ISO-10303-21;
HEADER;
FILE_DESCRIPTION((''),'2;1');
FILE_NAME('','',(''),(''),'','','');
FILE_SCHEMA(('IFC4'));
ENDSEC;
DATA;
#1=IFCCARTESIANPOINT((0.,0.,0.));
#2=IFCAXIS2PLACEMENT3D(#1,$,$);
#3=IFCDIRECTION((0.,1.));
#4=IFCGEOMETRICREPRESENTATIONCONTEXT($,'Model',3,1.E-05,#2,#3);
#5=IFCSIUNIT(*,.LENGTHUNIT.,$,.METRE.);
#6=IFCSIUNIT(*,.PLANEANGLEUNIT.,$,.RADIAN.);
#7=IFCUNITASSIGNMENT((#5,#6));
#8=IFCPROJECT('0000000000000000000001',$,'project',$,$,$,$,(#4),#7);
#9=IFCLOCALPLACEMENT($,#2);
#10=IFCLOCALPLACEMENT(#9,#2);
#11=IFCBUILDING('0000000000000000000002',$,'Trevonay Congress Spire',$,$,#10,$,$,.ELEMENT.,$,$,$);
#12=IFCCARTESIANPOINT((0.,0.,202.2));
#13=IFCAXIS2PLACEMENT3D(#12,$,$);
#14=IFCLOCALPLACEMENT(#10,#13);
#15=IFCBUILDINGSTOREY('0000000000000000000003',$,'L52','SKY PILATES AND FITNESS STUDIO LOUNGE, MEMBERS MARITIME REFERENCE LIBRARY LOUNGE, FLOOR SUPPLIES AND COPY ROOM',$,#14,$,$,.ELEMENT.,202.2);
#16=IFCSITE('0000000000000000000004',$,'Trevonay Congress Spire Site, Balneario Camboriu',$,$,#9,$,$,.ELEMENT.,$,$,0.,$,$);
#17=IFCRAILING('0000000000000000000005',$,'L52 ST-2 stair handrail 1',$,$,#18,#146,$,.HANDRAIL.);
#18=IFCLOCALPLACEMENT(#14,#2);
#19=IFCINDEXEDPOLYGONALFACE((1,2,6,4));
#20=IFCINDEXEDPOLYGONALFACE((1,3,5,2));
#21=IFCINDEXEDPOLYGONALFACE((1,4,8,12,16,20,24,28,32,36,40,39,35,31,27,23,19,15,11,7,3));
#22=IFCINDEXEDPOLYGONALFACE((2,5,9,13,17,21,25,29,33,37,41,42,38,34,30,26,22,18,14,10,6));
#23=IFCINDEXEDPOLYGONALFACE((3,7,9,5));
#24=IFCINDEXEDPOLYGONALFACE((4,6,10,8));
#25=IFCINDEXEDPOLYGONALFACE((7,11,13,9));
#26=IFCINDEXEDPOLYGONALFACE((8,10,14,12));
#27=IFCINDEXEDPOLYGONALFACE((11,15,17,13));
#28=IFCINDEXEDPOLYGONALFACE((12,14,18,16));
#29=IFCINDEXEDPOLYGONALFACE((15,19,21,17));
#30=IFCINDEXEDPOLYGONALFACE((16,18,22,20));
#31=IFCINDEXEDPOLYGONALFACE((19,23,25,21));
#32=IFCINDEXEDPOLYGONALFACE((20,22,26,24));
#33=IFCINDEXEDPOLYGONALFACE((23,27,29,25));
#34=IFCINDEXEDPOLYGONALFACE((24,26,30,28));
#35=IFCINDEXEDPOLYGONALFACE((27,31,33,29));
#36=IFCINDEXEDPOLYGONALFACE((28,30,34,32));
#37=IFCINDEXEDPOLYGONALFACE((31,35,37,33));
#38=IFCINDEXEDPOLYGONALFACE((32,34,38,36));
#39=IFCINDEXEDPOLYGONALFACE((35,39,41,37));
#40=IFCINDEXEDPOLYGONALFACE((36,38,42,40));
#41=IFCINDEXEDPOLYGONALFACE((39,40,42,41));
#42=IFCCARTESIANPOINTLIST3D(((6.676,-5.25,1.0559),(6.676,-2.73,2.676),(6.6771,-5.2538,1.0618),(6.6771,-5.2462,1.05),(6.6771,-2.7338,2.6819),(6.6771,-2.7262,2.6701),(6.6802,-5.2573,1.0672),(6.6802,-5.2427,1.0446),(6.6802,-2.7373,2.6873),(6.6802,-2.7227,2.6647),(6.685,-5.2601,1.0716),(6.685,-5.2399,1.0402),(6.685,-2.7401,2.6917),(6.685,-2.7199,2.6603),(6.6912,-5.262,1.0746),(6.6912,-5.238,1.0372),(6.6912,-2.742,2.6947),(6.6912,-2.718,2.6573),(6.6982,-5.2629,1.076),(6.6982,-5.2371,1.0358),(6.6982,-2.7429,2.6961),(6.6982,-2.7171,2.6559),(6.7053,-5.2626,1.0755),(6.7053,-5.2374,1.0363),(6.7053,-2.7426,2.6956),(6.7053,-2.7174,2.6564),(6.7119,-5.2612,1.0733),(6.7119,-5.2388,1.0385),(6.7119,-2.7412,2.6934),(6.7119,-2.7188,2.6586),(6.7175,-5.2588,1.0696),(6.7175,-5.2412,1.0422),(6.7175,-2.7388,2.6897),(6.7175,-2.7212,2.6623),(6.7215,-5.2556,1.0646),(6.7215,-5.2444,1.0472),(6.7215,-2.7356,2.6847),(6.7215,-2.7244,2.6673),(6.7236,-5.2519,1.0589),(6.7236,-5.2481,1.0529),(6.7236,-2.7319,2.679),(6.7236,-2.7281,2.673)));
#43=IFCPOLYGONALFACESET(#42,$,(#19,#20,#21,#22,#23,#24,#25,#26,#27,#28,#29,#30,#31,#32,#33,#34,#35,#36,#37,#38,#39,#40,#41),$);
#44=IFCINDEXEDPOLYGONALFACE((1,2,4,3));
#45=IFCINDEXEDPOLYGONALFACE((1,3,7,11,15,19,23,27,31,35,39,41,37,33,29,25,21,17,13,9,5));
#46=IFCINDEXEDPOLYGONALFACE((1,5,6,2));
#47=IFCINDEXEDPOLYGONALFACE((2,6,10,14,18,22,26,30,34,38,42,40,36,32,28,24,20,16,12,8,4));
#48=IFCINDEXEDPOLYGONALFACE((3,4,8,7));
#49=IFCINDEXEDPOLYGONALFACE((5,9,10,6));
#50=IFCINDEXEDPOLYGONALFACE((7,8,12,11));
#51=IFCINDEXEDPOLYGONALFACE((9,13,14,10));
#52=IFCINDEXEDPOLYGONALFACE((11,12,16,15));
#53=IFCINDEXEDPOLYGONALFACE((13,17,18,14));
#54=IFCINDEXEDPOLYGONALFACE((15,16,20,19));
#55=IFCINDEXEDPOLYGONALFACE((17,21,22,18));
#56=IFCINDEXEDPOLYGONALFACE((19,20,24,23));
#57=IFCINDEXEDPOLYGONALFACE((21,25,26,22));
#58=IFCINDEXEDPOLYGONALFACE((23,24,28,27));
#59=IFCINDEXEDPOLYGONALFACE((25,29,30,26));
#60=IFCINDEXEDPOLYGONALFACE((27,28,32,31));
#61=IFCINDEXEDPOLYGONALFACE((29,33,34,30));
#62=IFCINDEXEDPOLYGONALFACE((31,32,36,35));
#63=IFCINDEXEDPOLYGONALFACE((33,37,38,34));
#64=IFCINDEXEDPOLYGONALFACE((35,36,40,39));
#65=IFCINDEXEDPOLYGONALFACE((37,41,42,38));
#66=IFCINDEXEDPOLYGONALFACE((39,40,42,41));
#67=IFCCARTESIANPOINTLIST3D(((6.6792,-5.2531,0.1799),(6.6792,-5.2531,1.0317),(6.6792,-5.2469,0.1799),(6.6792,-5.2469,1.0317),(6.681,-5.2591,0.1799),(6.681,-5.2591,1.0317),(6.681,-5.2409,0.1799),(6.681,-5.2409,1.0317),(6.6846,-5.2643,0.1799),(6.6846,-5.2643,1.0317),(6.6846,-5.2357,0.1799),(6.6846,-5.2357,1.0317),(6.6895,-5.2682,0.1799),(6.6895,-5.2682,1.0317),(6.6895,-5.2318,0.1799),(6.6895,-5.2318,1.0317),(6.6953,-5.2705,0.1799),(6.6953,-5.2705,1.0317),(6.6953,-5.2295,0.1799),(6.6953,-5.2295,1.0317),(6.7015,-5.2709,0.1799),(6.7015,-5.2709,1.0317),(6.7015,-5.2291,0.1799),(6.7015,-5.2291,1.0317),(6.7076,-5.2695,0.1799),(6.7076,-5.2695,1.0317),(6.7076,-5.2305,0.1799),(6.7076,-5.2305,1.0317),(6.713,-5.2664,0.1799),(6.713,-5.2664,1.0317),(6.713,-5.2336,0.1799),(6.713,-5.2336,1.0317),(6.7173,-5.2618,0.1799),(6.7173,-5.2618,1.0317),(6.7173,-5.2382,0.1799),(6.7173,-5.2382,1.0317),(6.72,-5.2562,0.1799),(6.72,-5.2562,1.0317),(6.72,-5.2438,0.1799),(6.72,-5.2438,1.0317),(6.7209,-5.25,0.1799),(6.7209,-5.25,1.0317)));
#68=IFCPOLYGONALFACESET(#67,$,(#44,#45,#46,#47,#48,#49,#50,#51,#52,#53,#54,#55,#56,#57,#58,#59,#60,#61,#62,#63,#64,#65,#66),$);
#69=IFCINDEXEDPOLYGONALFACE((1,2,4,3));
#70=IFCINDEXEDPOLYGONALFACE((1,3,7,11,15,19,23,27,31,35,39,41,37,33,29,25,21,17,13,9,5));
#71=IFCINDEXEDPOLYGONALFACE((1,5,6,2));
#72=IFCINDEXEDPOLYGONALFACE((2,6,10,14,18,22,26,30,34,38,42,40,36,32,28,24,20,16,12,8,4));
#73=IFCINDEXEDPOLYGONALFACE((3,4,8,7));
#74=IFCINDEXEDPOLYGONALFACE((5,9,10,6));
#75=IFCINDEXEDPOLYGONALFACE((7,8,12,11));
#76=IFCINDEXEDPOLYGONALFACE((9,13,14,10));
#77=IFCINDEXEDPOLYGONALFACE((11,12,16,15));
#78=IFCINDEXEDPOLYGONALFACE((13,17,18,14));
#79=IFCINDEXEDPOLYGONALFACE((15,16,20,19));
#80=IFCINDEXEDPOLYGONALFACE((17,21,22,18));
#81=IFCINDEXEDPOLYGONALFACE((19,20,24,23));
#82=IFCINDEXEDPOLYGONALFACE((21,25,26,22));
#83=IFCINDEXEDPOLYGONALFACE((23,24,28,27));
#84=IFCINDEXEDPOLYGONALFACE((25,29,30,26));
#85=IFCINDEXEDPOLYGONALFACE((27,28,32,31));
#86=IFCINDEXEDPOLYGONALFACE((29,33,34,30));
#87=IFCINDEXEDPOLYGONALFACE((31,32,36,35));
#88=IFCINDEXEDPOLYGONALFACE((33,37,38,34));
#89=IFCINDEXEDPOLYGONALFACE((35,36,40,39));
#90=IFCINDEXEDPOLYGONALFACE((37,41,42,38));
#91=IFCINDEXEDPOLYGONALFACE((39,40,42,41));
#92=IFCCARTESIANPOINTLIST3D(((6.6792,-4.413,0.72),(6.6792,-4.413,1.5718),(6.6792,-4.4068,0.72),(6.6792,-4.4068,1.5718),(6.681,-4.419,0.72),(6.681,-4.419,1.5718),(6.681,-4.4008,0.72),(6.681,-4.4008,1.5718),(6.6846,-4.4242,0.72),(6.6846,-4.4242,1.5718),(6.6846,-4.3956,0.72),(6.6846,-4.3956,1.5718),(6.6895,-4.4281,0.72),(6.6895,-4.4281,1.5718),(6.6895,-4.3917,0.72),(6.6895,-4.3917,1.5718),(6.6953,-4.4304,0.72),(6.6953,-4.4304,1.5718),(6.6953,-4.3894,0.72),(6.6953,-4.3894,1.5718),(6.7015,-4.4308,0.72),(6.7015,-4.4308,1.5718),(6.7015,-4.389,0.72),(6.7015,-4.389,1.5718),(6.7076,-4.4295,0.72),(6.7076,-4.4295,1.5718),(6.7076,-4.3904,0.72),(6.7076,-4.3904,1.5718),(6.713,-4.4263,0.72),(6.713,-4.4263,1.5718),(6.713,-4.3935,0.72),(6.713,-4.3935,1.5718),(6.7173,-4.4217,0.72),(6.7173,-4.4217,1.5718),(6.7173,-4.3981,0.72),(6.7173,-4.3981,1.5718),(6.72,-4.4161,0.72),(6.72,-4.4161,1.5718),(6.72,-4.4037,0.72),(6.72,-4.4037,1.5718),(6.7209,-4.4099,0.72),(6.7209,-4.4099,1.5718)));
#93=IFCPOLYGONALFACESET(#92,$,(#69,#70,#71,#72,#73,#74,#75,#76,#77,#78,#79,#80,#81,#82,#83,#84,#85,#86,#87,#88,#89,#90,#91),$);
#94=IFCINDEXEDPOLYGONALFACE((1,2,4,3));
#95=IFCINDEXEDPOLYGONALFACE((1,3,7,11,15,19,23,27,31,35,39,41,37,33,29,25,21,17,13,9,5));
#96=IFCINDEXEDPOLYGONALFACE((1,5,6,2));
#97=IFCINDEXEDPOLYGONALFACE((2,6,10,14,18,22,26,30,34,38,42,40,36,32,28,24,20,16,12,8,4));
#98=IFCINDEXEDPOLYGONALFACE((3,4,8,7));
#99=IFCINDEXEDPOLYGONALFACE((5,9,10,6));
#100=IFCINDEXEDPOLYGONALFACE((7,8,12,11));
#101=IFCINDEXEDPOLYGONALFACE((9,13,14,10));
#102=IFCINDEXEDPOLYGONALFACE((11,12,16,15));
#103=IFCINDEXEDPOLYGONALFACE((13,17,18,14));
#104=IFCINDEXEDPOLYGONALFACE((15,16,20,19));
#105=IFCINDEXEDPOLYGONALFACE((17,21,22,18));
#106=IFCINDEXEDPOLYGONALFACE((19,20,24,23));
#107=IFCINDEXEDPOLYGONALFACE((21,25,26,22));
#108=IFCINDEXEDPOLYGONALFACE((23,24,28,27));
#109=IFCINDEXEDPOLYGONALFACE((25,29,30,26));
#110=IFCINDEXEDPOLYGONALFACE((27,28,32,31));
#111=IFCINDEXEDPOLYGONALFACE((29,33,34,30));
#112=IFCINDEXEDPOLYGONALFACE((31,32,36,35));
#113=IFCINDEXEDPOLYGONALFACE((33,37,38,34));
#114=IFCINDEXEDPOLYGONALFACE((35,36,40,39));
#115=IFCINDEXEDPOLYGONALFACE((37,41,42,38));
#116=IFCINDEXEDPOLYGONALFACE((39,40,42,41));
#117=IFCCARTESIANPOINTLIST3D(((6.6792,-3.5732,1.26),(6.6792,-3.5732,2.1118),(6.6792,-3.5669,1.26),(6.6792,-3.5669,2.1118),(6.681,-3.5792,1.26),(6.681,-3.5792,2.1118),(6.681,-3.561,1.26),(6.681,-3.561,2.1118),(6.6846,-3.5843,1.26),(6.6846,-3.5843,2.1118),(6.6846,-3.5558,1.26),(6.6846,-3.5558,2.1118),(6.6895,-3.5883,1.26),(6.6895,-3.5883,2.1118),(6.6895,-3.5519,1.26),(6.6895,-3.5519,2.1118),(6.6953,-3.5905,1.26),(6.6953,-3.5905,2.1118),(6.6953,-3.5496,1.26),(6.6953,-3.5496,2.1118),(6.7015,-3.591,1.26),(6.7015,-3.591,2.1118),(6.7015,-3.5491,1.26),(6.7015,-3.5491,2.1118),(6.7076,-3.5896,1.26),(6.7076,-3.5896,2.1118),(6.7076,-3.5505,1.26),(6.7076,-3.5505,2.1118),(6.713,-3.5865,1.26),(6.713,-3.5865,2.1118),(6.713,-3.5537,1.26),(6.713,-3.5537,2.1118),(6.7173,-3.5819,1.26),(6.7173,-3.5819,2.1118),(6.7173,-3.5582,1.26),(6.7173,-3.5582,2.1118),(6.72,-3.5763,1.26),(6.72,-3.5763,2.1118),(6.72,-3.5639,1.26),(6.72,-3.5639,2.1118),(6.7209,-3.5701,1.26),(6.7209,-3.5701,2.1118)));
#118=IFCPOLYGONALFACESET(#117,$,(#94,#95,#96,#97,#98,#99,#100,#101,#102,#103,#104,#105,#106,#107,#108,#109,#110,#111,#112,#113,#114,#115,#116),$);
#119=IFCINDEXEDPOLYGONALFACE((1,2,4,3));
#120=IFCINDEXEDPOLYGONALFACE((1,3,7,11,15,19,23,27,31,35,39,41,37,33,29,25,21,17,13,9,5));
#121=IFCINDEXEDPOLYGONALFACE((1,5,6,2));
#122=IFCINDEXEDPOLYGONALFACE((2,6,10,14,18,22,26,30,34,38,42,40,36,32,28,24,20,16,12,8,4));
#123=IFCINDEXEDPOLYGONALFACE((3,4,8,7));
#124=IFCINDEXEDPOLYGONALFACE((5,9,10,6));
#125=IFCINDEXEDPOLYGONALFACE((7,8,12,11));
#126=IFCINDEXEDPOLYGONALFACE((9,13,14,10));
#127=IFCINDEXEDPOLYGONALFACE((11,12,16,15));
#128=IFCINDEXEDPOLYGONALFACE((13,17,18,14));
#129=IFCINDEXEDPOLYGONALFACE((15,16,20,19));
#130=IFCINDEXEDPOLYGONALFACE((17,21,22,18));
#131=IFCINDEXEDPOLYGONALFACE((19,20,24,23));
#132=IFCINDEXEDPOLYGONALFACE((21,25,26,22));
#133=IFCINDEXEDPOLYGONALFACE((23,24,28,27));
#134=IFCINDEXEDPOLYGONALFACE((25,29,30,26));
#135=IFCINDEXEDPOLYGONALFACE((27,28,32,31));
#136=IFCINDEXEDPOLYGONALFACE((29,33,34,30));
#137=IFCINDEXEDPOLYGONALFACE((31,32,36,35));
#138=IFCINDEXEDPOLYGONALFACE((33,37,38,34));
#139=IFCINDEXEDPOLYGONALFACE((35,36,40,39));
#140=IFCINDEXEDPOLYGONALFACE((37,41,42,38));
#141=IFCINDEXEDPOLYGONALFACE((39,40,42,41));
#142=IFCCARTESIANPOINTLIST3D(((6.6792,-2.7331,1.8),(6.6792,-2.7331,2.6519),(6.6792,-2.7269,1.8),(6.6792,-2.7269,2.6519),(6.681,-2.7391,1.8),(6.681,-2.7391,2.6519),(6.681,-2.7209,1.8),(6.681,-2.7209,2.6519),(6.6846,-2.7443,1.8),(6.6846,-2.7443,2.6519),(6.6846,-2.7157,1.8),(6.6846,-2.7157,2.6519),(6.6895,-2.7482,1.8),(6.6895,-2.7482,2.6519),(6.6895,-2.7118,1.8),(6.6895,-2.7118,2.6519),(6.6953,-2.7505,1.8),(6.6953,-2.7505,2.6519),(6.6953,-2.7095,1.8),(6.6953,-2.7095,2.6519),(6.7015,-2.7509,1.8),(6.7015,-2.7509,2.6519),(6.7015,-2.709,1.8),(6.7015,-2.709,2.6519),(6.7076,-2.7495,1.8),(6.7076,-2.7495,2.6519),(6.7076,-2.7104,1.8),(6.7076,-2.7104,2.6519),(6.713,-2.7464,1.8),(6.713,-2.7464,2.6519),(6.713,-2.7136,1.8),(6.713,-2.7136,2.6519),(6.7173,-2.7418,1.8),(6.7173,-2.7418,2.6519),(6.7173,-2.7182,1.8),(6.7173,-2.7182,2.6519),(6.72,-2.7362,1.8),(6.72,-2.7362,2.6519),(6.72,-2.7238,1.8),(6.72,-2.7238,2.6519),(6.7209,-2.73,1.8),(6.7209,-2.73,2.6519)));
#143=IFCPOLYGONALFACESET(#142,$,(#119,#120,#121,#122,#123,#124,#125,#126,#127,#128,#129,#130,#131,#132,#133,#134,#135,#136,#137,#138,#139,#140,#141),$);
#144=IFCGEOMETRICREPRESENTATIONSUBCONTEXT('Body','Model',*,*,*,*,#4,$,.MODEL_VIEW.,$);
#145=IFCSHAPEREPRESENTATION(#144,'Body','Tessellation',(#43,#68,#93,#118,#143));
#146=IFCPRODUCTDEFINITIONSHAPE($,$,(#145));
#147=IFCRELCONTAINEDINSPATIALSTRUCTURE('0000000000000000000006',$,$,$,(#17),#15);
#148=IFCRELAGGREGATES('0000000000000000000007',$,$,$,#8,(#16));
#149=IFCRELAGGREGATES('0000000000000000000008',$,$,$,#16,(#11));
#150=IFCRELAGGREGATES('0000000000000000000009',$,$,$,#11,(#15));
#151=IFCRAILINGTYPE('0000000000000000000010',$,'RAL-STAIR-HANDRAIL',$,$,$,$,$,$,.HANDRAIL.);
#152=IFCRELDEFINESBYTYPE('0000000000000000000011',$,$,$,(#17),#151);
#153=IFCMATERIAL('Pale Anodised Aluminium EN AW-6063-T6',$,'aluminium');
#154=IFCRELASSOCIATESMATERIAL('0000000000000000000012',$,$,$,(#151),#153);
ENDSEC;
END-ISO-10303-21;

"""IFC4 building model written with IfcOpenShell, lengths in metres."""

from ifc_helpers import new_model, si_unit, direction, frame, origin, origin_2d, place, context, subcontext, project, spatial, circle, extrude, material, type_object, element, save


model = new_model("IFC4")

# Units and contexts
model_context = context("Model", 3, precision=1e-05, world=origin(), true_north=direction((0.0, 1.0)))
body_context = subcontext(model_context, "Body", "Model", "MODEL_VIEW")
ifc_project = project(units=[si_unit("LENGTHUNIT", "METRE"), si_unit("PLANEANGLEUNIT", "RADIAN")], contexts=[model_context])

# Site, building, storey
site_placement = place(None, origin())
site = spatial("IfcSite", under=ifc_project, at=site_placement, Name="Trevonay Congress Spire Site, Balneario Camboriu", CompositionType="ELEMENT", RefElevation=0.0)
building_placement = place(site_placement, origin())
building = spatial("IfcBuilding", under=site, at=building_placement, Name="Trevonay Congress Spire", CompositionType="ELEMENT")
storey_placement = place(building_placement, frame((0.0, 0.0, 202.2)))
storey = spatial("IfcBuildingStorey", under=building, at=storey_placement, Name="L52", Description="SKY PILATES AND FITNESS STUDIO LOUNGE, MEMBERS MARITIME REFERENCE LIBRARY LOUNGE, FLOOR SUPPLIES AND COPY ROOM", CompositionType="ELEMENT", Elevation=202.2)

# Shared definitions
ifc_material_1 = material(Name="Pale Anodised Aluminium EN AW-6063-T6", Category="aluminium")

# Railing
railing_type_1 = type_object("IfcRailingType", Name="RAL-STAIR-HANDRAIL", PredefinedType="HANDRAIL", material=ifc_material_1)
railing_1_placement = place(storey_placement, frame((6.7, -5.25, 0.1799)))
element("IfcRailing", 1, at=railing_1_placement, inside=storey, type_object=railing_type_1, Name="L52 ST-2 stair handrail 1", PredefinedType="HANDRAIL", context=body_context, shape_type="SweptSolid", body=[
    extrude(circle(Radius=0.0239, at=origin_2d()), frame((0.0, 0.0, 0.876), z_axis=(0.0, 0.841163, 0.540782), x_axis=(-1.0, 0.0, 0.0)), (0.0, 0.0, 1.0), 2.9958),
    extrude(circle(Radius=0.021, at=origin_2d()), origin(), (0.0, 0.0, 1.0), 0.8518),
    extrude(circle(Radius=0.021, at=origin_2d()), frame((0.0, 0.8401, 0.54)), (0.0, 0.0, 1.0), 0.8518),
    extrude(circle(Radius=0.021, at=origin_2d()), frame((0.0, 1.6799, 1.0801)), (0.0, 0.0, 1.0), 0.8518),
    extrude(circle(Radius=0.021, at=origin_2d()), frame((0.0, 2.52, 1.6201)), (0.0, 0.0, 1.0), 0.8518),
])

save(model, "model.ifc")
